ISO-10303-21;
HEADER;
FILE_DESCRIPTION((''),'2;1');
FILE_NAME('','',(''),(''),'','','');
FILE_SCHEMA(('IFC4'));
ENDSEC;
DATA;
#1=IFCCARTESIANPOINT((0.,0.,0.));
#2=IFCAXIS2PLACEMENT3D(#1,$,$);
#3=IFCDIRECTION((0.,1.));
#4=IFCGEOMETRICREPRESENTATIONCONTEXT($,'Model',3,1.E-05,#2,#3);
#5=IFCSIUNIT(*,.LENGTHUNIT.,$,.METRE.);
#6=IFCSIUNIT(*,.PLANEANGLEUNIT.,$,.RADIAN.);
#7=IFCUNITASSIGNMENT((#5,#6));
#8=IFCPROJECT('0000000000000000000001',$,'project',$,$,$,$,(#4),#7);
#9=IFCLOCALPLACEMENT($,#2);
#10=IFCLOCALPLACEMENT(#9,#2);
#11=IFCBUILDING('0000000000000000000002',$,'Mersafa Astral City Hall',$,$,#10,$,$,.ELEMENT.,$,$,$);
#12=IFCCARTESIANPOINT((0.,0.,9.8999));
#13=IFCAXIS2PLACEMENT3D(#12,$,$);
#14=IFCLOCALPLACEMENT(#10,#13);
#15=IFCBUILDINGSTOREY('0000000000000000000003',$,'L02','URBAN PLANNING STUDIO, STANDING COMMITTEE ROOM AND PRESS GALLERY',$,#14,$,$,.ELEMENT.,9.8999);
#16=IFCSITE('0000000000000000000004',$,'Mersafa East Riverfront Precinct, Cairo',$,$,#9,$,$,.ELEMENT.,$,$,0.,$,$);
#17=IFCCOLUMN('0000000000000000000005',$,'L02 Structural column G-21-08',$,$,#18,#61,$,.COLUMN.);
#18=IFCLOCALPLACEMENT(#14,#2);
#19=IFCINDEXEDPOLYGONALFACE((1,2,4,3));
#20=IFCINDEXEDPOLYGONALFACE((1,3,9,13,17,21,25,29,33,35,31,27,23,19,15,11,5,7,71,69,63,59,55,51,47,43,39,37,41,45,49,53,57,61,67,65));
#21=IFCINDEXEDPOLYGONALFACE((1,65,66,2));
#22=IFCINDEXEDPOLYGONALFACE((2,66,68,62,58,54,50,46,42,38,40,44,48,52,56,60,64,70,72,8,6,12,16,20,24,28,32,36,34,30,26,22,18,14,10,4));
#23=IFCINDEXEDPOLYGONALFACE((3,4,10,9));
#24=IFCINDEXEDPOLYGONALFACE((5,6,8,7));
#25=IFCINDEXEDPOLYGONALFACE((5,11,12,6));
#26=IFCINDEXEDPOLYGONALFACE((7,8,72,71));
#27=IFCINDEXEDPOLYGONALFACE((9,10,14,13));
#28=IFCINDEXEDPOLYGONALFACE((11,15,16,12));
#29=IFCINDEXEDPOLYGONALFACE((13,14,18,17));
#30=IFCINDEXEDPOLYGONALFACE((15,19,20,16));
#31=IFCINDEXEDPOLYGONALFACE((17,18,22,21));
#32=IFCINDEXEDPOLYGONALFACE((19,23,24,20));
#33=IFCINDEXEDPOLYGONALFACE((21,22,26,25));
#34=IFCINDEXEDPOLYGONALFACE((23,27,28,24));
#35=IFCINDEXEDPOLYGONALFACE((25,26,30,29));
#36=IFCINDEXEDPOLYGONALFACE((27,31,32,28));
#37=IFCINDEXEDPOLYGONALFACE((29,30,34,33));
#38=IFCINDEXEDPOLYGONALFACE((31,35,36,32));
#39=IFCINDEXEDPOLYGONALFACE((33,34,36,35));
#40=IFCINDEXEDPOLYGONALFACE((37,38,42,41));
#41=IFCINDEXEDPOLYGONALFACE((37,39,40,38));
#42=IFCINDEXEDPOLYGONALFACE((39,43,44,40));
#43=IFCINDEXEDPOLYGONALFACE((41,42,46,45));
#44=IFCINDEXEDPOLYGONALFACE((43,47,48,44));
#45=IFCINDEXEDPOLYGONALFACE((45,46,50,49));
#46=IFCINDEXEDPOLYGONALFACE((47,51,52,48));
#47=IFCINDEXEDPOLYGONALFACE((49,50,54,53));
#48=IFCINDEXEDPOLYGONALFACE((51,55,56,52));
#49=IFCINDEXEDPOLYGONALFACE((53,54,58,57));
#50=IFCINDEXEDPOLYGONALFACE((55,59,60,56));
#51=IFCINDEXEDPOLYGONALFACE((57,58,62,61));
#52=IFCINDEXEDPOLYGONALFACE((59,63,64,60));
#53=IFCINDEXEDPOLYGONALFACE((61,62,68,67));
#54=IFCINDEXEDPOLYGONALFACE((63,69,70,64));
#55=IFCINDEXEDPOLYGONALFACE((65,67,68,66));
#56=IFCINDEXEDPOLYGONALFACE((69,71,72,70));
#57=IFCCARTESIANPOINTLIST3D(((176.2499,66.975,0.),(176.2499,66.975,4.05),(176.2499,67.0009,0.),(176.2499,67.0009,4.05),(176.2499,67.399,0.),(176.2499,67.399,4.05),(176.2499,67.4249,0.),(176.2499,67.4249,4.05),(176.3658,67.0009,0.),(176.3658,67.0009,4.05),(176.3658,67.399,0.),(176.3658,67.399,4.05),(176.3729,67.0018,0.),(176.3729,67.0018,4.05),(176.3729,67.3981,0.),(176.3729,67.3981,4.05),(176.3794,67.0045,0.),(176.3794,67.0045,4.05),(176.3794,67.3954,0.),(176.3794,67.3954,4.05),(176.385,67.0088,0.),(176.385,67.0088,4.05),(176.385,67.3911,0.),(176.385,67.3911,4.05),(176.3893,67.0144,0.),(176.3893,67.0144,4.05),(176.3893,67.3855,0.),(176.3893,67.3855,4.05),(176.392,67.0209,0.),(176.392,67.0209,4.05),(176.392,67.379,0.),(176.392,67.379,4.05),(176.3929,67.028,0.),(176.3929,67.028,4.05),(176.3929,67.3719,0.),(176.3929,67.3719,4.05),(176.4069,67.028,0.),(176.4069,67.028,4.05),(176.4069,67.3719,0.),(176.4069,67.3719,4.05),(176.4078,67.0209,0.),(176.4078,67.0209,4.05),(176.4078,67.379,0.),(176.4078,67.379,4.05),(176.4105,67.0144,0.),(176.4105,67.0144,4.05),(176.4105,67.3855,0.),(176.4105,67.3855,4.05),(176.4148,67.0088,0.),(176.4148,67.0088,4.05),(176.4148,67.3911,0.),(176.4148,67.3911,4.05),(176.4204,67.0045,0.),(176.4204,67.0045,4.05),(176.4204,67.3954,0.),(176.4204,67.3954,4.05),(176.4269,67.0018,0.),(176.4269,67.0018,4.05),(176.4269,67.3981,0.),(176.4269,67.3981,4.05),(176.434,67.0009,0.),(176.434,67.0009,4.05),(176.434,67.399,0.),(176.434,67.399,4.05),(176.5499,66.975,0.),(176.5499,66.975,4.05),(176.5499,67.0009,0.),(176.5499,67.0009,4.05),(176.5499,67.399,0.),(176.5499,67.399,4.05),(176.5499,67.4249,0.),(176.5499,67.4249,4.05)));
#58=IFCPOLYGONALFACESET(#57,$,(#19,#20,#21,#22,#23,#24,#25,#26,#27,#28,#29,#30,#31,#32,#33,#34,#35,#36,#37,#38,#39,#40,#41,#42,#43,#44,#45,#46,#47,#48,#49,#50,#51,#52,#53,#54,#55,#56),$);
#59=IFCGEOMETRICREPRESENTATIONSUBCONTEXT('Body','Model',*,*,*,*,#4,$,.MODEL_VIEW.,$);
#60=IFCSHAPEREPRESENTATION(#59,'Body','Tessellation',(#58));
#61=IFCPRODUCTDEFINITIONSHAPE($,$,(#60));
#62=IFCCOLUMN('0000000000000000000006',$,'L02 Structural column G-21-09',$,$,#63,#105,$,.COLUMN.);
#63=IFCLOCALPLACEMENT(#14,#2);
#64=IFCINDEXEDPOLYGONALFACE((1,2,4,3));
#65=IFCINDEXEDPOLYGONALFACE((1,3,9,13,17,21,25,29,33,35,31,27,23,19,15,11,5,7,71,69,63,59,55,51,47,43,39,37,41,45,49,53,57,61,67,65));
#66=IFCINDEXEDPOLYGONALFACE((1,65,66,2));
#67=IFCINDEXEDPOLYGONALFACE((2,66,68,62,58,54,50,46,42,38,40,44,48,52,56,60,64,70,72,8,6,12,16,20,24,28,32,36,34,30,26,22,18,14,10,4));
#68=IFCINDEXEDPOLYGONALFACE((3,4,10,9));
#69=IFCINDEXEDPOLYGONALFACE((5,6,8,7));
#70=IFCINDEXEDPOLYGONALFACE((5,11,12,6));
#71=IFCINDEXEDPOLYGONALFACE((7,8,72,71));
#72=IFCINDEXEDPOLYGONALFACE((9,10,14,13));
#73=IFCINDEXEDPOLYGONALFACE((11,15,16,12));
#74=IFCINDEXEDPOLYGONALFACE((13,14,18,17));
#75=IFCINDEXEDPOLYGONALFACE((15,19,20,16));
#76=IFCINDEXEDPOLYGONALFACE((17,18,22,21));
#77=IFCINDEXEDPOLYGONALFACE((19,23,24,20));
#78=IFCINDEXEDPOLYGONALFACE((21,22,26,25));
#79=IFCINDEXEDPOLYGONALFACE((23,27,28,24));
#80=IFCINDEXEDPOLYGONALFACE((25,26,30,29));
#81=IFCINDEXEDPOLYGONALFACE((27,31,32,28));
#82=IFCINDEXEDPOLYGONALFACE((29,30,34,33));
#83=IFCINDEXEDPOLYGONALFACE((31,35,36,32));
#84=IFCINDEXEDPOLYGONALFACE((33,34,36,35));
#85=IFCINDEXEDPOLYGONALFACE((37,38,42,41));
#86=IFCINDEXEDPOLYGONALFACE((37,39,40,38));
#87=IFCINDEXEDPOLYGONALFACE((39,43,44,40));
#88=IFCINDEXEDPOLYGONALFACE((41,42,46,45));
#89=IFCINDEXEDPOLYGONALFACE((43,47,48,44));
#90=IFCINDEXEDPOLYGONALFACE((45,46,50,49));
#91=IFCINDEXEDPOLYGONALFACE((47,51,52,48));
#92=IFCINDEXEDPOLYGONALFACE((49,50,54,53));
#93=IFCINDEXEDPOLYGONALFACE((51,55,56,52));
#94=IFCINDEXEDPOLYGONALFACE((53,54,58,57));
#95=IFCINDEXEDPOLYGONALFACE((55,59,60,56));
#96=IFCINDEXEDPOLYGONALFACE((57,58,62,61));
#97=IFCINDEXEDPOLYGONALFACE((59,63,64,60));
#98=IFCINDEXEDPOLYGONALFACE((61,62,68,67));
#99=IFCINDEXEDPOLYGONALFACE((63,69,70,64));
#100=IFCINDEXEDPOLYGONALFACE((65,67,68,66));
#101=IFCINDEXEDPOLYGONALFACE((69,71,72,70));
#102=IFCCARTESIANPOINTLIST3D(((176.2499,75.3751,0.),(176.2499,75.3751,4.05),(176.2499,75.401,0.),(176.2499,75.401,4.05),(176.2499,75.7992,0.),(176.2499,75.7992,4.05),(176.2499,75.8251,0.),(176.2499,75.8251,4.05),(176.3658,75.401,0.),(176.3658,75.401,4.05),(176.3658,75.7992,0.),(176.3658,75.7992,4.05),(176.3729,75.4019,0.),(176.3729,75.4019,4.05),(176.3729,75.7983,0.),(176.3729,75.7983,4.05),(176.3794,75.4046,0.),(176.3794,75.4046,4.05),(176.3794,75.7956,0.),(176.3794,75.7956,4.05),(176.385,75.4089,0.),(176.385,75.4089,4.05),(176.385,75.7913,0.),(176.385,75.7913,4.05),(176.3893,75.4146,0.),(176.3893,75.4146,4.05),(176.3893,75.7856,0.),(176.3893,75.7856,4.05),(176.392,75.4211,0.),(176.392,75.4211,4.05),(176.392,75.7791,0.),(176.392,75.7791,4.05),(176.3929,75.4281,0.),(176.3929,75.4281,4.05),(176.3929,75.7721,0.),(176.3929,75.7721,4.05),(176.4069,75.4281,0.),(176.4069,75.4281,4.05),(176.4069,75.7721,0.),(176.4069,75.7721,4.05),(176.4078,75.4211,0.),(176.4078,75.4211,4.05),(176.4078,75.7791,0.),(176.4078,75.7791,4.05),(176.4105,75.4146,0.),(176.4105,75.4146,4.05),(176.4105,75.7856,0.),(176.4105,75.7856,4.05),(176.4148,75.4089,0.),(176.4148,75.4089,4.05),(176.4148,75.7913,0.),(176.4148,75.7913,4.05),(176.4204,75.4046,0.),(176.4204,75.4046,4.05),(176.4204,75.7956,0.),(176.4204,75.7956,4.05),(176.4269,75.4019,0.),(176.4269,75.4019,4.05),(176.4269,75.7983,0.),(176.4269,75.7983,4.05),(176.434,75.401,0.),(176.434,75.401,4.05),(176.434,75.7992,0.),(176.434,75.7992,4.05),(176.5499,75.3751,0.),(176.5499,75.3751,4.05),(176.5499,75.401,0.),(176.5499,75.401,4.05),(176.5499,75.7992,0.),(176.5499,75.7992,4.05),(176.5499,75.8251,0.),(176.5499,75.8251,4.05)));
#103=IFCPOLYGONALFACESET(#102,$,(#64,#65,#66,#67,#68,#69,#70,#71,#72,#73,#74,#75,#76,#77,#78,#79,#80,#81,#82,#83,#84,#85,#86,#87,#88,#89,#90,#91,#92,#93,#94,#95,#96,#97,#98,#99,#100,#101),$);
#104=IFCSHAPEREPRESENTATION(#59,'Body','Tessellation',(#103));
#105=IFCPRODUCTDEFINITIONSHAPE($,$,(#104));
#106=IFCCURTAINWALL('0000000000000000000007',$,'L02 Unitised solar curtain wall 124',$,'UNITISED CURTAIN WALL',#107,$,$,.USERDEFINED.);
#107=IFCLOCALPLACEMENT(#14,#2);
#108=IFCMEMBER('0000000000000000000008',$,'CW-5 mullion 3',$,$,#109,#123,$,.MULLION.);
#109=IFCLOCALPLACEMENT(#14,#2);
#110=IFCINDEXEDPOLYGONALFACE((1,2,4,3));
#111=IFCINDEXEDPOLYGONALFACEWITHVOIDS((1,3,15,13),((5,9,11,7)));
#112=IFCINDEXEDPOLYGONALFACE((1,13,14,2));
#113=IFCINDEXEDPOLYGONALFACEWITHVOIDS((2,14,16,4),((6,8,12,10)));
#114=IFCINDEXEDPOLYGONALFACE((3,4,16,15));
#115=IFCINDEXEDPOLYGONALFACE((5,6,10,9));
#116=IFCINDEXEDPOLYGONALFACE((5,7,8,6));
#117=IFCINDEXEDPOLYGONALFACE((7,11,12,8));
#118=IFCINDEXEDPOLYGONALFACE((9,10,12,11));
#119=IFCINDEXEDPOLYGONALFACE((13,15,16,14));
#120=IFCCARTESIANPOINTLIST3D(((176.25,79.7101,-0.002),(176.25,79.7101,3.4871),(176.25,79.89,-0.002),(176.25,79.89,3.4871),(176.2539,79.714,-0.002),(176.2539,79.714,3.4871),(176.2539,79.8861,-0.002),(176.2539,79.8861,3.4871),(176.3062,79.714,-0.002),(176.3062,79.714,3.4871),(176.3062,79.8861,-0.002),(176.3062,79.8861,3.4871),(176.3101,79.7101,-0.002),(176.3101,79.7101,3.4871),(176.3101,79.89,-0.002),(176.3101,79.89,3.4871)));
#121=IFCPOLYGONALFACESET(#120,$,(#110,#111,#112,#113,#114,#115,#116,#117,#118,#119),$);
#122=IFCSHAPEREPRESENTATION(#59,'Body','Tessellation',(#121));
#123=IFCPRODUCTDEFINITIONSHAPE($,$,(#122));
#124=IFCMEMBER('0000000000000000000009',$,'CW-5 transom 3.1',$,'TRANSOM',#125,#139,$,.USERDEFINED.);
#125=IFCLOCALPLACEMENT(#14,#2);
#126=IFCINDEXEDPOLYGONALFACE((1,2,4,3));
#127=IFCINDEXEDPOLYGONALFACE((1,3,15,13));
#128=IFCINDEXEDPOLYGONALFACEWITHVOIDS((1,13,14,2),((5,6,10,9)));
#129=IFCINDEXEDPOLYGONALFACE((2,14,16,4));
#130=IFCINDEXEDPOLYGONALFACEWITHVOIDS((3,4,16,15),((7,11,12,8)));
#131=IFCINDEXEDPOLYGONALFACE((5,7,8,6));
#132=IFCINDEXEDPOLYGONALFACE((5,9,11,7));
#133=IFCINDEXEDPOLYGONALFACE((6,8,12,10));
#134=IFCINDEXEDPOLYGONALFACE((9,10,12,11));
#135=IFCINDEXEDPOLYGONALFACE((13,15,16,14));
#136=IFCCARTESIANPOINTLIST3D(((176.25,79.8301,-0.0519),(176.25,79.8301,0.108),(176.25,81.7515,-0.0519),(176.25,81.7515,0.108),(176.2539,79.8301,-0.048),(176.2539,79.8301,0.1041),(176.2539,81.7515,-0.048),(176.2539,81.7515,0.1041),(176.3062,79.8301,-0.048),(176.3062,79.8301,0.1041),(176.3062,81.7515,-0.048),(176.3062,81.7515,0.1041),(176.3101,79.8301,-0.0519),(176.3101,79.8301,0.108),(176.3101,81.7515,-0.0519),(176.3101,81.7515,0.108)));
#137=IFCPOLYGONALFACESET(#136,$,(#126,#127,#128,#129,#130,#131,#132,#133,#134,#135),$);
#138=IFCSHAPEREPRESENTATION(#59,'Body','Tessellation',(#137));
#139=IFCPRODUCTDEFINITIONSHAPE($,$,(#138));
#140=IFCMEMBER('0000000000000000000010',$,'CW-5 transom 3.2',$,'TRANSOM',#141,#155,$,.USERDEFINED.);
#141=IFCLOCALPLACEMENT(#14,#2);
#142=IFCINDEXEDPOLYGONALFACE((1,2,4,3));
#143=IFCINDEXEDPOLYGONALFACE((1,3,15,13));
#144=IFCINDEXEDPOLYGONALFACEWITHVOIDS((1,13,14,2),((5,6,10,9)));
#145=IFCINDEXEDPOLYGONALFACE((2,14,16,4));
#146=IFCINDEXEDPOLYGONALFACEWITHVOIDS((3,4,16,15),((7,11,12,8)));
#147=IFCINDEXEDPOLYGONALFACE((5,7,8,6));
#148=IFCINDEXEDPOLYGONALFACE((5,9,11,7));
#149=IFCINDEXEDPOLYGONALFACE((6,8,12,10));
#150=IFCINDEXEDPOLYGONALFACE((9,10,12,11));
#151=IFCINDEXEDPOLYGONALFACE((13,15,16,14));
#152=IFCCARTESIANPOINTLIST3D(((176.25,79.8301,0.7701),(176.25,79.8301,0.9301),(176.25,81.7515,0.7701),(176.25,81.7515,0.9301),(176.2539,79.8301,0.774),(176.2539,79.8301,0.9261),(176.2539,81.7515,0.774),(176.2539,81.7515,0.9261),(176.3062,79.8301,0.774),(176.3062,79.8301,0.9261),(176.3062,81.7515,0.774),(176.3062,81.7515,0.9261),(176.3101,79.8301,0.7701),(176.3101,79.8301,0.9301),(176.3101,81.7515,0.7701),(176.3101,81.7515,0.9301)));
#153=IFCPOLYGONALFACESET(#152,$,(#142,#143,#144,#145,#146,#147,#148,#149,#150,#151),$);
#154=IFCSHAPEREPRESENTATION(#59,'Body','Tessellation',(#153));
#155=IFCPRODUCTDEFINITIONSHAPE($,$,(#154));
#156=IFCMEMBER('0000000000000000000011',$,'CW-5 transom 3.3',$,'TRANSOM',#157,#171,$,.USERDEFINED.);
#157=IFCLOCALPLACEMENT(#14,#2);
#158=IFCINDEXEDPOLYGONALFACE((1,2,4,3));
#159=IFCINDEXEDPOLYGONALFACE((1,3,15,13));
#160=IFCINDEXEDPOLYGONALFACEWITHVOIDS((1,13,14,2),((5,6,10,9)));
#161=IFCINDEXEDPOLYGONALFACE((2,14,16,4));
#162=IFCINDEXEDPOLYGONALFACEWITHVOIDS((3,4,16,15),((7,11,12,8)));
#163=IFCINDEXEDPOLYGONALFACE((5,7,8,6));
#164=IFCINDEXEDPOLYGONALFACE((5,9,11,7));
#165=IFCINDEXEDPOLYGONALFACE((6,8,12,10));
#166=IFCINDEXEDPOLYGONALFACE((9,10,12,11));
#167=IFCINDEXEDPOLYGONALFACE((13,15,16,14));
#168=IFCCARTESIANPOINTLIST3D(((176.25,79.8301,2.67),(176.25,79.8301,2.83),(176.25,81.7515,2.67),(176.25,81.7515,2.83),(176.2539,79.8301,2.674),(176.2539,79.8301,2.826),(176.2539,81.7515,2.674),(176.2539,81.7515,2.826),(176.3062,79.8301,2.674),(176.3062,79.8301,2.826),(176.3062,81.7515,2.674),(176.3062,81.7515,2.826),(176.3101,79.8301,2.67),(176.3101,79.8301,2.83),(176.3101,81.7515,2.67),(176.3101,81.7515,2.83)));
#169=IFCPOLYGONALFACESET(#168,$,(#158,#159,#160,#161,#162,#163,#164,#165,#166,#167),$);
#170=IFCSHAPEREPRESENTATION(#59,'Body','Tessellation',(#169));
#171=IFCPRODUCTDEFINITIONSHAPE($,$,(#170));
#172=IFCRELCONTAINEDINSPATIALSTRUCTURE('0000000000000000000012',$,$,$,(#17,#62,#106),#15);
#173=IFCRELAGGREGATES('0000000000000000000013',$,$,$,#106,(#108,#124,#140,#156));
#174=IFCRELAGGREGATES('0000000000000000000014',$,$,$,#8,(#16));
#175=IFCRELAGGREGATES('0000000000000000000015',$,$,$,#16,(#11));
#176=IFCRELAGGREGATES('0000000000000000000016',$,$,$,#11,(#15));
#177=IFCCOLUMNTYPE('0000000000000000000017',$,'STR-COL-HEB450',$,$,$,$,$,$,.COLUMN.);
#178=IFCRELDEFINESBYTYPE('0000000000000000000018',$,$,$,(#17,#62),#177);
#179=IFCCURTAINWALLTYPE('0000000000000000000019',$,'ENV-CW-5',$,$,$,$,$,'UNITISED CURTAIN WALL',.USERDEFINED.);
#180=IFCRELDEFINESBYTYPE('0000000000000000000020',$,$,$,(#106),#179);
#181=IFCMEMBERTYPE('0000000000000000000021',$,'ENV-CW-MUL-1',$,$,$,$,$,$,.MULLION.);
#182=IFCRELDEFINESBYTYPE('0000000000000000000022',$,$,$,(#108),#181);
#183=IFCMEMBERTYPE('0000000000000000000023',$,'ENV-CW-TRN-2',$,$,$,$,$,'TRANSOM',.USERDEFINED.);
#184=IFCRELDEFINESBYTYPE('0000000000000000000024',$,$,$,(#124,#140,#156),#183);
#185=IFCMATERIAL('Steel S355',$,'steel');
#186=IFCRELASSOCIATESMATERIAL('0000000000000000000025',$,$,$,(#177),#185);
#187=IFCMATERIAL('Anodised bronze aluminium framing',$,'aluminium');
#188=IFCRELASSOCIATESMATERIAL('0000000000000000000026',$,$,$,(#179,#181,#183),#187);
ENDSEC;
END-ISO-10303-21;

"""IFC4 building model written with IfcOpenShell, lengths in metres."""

from ifc_helpers import new_model, si_unit, direction, frame, origin, origin_2d, place, context, subcontext, project, spatial, hollow_rectangle, i_section, extrude, material, material_profile, profile_set, type_object, element, aggregate, save


model = new_model("IFC4")

# Units and contexts
model_context = context("Model", 3, precision=1e-05, world=origin(), true_north=direction((0.0, 1.0)))
body_context = subcontext(model_context, "Body", "Model", "MODEL_VIEW")
ifc_project = project(units=[si_unit("LENGTHUNIT", "METRE"), si_unit("PLANEANGLEUNIT", "RADIAN")], contexts=[model_context])

# Site, building, storey
site_placement = place(None, origin())
site = spatial("IfcSite", under=ifc_project, at=site_placement, Name="Mersafa East Riverfront Precinct, Cairo", CompositionType="ELEMENT", RefElevation=0.0)
building_placement = place(site_placement, origin())
building = spatial("IfcBuilding", under=site, at=building_placement, Name="Mersafa Astral City Hall", CompositionType="ELEMENT")
storey_placement = place(building_placement, frame((0.0, 0.0, 9.8999)))
storey = spatial("IfcBuildingStorey", under=building, at=storey_placement, Name="L02", Description="URBAN PLANNING STUDIO, STANDING COMMITTEE ROOM AND PRESS GALLERY", CompositionType="ELEMENT", Elevation=9.8999)

# Columns
ifc_material_1 = material(Name="Steel S355", Category="steel")
ifc_material_profile_1 = material_profile(ifc_material_1, i_section(OverallWidth=0.3, OverallDepth=0.45, WebThickness=0.0139, FlangeThickness=0.0259, FilletRadius=0.0271, at=origin_2d()), Name="HEB 450")
ifc_profile_set_1 = profile_set([ifc_material_profile_1], Name="Steel S355")
column_type = type_object("IfcColumnType", Name="STR-COL-HEB450", PredefinedType="COLUMN", material=ifc_profile_set_1)
for number, where, z_axis, x_axis, name in (
    (1, (176.3999, 67.2, 0.0), (0.0, 0.0, 1.0), (1.0, 0.0, 0.0), "L02 Structural column G-21-08"),
    (2, (176.3999, 75.6001, 0.0), (0.0, 0.0, 1.0), (1.0, 0.0, 0.0), "L02 Structural column G-21-09"),
):
    element("IfcColumn", number, at=place(storey_placement, frame(where, z_axis=z_axis, x_axis=x_axis)), inside=storey, type_object=column_type, Name=name, PredefinedType="COLUMN", context=body_context, shape_type="SweptSolid", body=[
        extrude(i_section(OverallWidth=0.3, OverallDepth=0.45, WebThickness=0.0139, FlangeThickness=0.0259, FilletRadius=0.0271, at=origin_2d()), origin(), (0.0, 0.0, 1.0), 4.05),
    ])

# Curtain wall, members
ifc_material_2 = material(Name="Anodised bronze aluminium framing", Category="aluminium")
curtain_wall_type = type_object("IfcCurtainWallType", Name="ENV-CW-5", ElementType="UNITISED CURTAIN WALL", PredefinedType="USERDEFINED", material=ifc_material_2)
curtain_wall_placement = place(storey_placement, origin())
curtain_wall = element("IfcCurtainWall", 3, at=curtain_wall_placement, inside=storey, type_object=curtain_wall_type, Name="L02 Unitised solar curtain wall 124", ObjectType="UNITISED CURTAIN WALL", PredefinedType="USERDEFINED")
ifc_material_profile_2 = material_profile(ifc_material_2, hollow_rectangle(XDim=0.0601, YDim=0.1799, WallThickness=0.0039, at=origin_2d()), Name="RHS 60x180x4")
ifc_profile_set_2 = profile_set([ifc_material_profile_2], Name="Anodised bronze aluminium framing")
member_type_1 = type_object("IfcMemberType", Name="ENV-CW-MUL-1", PredefinedType="MULLION", material=ifc_profile_set_2)
member_1_placement = place(storey_placement, frame((176.28, 79.8, -0.002), z_axis=(0.0, 0.0, 1.0), x_axis=(-1.0, 0.0, 0.0)))
member_1 = element("IfcMember", 4, at=member_1_placement, type_object=member_type_1, Name="CW-5 mullion 3", PredefinedType="MULLION", context=body_context, shape_type="SweptSolid", body=[
    extrude(hollow_rectangle(XDim=0.0601, YDim=0.1799, WallThickness=0.0039, at=origin_2d()), origin(), (0.0, 0.0, 1.0), 3.489),
])
ifc_material_profile_3 = material_profile(ifc_material_2, hollow_rectangle(XDim=0.0601, YDim=0.1599, WallThickness=0.0039, at=origin_2d()), Name="RHS 60x160x4")
ifc_profile_set_3 = profile_set([ifc_material_profile_3], Name="Anodised bronze aluminium framing")
member_type_2 = type_object("IfcMemberType", Name="ENV-CW-TRN-2", ElementType="TRANSOM", PredefinedType="USERDEFINED", material=ifc_profile_set_3)
member_2_placement = place(storey_placement, frame((176.28, 79.8301, 0.0281), z_axis=(0.0, 1.0, 0.0), x_axis=(-1.0, 0.0, 0.0)))
member_2 = element("IfcMember", 5, at=member_2_placement, type_object=member_type_2, Name="CW-5 transom 3.1", ObjectType="TRANSOM", PredefinedType="USERDEFINED", context=body_context, shape_type="SweptSolid", body=[
    extrude(hollow_rectangle(XDim=0.0601, YDim=0.1599, WallThickness=0.0039, at=origin_2d()), origin(), (0.0, 0.0, 1.0), 1.9214),
])
member_3_placement = place(storey_placement, frame((176.28, 79.8301, 0.8501), z_axis=(0.0, 1.0, 0.0), x_axis=(-1.0, 0.0, 0.0)))
member_3 = element("IfcMember", 6, at=member_3_placement, type_object=member_type_2, Name="CW-5 transom 3.2", ObjectType="TRANSOM", PredefinedType="USERDEFINED", context=body_context, shape_type="SweptSolid", body=[
    extrude(hollow_rectangle(XDim=0.0601, YDim=0.1599, WallThickness=0.0039, at=origin_2d()), origin(), (0.0, 0.0, 1.0), 1.9214),
])
member_4_placement = place(storey_placement, frame((176.28, 79.8301, 2.75), z_axis=(0.0, 1.0, 0.0), x_axis=(-1.0, 0.0, 0.0)))
member_4 = element("IfcMember", 7, at=member_4_placement, type_object=member_type_2, Name="CW-5 transom 3.3", ObjectType="TRANSOM", PredefinedType="USERDEFINED", context=body_context, shape_type="SweptSolid", body=[
    extrude(hollow_rectangle(XDim=0.0601, YDim=0.1599, WallThickness=0.0039, at=origin_2d()), origin(), (0.0, 0.0, 1.0), 1.9214),
])

aggregate(curtain_wall, [member_1, member_2, member_3, member_4])

save(model, "model.ifc")
